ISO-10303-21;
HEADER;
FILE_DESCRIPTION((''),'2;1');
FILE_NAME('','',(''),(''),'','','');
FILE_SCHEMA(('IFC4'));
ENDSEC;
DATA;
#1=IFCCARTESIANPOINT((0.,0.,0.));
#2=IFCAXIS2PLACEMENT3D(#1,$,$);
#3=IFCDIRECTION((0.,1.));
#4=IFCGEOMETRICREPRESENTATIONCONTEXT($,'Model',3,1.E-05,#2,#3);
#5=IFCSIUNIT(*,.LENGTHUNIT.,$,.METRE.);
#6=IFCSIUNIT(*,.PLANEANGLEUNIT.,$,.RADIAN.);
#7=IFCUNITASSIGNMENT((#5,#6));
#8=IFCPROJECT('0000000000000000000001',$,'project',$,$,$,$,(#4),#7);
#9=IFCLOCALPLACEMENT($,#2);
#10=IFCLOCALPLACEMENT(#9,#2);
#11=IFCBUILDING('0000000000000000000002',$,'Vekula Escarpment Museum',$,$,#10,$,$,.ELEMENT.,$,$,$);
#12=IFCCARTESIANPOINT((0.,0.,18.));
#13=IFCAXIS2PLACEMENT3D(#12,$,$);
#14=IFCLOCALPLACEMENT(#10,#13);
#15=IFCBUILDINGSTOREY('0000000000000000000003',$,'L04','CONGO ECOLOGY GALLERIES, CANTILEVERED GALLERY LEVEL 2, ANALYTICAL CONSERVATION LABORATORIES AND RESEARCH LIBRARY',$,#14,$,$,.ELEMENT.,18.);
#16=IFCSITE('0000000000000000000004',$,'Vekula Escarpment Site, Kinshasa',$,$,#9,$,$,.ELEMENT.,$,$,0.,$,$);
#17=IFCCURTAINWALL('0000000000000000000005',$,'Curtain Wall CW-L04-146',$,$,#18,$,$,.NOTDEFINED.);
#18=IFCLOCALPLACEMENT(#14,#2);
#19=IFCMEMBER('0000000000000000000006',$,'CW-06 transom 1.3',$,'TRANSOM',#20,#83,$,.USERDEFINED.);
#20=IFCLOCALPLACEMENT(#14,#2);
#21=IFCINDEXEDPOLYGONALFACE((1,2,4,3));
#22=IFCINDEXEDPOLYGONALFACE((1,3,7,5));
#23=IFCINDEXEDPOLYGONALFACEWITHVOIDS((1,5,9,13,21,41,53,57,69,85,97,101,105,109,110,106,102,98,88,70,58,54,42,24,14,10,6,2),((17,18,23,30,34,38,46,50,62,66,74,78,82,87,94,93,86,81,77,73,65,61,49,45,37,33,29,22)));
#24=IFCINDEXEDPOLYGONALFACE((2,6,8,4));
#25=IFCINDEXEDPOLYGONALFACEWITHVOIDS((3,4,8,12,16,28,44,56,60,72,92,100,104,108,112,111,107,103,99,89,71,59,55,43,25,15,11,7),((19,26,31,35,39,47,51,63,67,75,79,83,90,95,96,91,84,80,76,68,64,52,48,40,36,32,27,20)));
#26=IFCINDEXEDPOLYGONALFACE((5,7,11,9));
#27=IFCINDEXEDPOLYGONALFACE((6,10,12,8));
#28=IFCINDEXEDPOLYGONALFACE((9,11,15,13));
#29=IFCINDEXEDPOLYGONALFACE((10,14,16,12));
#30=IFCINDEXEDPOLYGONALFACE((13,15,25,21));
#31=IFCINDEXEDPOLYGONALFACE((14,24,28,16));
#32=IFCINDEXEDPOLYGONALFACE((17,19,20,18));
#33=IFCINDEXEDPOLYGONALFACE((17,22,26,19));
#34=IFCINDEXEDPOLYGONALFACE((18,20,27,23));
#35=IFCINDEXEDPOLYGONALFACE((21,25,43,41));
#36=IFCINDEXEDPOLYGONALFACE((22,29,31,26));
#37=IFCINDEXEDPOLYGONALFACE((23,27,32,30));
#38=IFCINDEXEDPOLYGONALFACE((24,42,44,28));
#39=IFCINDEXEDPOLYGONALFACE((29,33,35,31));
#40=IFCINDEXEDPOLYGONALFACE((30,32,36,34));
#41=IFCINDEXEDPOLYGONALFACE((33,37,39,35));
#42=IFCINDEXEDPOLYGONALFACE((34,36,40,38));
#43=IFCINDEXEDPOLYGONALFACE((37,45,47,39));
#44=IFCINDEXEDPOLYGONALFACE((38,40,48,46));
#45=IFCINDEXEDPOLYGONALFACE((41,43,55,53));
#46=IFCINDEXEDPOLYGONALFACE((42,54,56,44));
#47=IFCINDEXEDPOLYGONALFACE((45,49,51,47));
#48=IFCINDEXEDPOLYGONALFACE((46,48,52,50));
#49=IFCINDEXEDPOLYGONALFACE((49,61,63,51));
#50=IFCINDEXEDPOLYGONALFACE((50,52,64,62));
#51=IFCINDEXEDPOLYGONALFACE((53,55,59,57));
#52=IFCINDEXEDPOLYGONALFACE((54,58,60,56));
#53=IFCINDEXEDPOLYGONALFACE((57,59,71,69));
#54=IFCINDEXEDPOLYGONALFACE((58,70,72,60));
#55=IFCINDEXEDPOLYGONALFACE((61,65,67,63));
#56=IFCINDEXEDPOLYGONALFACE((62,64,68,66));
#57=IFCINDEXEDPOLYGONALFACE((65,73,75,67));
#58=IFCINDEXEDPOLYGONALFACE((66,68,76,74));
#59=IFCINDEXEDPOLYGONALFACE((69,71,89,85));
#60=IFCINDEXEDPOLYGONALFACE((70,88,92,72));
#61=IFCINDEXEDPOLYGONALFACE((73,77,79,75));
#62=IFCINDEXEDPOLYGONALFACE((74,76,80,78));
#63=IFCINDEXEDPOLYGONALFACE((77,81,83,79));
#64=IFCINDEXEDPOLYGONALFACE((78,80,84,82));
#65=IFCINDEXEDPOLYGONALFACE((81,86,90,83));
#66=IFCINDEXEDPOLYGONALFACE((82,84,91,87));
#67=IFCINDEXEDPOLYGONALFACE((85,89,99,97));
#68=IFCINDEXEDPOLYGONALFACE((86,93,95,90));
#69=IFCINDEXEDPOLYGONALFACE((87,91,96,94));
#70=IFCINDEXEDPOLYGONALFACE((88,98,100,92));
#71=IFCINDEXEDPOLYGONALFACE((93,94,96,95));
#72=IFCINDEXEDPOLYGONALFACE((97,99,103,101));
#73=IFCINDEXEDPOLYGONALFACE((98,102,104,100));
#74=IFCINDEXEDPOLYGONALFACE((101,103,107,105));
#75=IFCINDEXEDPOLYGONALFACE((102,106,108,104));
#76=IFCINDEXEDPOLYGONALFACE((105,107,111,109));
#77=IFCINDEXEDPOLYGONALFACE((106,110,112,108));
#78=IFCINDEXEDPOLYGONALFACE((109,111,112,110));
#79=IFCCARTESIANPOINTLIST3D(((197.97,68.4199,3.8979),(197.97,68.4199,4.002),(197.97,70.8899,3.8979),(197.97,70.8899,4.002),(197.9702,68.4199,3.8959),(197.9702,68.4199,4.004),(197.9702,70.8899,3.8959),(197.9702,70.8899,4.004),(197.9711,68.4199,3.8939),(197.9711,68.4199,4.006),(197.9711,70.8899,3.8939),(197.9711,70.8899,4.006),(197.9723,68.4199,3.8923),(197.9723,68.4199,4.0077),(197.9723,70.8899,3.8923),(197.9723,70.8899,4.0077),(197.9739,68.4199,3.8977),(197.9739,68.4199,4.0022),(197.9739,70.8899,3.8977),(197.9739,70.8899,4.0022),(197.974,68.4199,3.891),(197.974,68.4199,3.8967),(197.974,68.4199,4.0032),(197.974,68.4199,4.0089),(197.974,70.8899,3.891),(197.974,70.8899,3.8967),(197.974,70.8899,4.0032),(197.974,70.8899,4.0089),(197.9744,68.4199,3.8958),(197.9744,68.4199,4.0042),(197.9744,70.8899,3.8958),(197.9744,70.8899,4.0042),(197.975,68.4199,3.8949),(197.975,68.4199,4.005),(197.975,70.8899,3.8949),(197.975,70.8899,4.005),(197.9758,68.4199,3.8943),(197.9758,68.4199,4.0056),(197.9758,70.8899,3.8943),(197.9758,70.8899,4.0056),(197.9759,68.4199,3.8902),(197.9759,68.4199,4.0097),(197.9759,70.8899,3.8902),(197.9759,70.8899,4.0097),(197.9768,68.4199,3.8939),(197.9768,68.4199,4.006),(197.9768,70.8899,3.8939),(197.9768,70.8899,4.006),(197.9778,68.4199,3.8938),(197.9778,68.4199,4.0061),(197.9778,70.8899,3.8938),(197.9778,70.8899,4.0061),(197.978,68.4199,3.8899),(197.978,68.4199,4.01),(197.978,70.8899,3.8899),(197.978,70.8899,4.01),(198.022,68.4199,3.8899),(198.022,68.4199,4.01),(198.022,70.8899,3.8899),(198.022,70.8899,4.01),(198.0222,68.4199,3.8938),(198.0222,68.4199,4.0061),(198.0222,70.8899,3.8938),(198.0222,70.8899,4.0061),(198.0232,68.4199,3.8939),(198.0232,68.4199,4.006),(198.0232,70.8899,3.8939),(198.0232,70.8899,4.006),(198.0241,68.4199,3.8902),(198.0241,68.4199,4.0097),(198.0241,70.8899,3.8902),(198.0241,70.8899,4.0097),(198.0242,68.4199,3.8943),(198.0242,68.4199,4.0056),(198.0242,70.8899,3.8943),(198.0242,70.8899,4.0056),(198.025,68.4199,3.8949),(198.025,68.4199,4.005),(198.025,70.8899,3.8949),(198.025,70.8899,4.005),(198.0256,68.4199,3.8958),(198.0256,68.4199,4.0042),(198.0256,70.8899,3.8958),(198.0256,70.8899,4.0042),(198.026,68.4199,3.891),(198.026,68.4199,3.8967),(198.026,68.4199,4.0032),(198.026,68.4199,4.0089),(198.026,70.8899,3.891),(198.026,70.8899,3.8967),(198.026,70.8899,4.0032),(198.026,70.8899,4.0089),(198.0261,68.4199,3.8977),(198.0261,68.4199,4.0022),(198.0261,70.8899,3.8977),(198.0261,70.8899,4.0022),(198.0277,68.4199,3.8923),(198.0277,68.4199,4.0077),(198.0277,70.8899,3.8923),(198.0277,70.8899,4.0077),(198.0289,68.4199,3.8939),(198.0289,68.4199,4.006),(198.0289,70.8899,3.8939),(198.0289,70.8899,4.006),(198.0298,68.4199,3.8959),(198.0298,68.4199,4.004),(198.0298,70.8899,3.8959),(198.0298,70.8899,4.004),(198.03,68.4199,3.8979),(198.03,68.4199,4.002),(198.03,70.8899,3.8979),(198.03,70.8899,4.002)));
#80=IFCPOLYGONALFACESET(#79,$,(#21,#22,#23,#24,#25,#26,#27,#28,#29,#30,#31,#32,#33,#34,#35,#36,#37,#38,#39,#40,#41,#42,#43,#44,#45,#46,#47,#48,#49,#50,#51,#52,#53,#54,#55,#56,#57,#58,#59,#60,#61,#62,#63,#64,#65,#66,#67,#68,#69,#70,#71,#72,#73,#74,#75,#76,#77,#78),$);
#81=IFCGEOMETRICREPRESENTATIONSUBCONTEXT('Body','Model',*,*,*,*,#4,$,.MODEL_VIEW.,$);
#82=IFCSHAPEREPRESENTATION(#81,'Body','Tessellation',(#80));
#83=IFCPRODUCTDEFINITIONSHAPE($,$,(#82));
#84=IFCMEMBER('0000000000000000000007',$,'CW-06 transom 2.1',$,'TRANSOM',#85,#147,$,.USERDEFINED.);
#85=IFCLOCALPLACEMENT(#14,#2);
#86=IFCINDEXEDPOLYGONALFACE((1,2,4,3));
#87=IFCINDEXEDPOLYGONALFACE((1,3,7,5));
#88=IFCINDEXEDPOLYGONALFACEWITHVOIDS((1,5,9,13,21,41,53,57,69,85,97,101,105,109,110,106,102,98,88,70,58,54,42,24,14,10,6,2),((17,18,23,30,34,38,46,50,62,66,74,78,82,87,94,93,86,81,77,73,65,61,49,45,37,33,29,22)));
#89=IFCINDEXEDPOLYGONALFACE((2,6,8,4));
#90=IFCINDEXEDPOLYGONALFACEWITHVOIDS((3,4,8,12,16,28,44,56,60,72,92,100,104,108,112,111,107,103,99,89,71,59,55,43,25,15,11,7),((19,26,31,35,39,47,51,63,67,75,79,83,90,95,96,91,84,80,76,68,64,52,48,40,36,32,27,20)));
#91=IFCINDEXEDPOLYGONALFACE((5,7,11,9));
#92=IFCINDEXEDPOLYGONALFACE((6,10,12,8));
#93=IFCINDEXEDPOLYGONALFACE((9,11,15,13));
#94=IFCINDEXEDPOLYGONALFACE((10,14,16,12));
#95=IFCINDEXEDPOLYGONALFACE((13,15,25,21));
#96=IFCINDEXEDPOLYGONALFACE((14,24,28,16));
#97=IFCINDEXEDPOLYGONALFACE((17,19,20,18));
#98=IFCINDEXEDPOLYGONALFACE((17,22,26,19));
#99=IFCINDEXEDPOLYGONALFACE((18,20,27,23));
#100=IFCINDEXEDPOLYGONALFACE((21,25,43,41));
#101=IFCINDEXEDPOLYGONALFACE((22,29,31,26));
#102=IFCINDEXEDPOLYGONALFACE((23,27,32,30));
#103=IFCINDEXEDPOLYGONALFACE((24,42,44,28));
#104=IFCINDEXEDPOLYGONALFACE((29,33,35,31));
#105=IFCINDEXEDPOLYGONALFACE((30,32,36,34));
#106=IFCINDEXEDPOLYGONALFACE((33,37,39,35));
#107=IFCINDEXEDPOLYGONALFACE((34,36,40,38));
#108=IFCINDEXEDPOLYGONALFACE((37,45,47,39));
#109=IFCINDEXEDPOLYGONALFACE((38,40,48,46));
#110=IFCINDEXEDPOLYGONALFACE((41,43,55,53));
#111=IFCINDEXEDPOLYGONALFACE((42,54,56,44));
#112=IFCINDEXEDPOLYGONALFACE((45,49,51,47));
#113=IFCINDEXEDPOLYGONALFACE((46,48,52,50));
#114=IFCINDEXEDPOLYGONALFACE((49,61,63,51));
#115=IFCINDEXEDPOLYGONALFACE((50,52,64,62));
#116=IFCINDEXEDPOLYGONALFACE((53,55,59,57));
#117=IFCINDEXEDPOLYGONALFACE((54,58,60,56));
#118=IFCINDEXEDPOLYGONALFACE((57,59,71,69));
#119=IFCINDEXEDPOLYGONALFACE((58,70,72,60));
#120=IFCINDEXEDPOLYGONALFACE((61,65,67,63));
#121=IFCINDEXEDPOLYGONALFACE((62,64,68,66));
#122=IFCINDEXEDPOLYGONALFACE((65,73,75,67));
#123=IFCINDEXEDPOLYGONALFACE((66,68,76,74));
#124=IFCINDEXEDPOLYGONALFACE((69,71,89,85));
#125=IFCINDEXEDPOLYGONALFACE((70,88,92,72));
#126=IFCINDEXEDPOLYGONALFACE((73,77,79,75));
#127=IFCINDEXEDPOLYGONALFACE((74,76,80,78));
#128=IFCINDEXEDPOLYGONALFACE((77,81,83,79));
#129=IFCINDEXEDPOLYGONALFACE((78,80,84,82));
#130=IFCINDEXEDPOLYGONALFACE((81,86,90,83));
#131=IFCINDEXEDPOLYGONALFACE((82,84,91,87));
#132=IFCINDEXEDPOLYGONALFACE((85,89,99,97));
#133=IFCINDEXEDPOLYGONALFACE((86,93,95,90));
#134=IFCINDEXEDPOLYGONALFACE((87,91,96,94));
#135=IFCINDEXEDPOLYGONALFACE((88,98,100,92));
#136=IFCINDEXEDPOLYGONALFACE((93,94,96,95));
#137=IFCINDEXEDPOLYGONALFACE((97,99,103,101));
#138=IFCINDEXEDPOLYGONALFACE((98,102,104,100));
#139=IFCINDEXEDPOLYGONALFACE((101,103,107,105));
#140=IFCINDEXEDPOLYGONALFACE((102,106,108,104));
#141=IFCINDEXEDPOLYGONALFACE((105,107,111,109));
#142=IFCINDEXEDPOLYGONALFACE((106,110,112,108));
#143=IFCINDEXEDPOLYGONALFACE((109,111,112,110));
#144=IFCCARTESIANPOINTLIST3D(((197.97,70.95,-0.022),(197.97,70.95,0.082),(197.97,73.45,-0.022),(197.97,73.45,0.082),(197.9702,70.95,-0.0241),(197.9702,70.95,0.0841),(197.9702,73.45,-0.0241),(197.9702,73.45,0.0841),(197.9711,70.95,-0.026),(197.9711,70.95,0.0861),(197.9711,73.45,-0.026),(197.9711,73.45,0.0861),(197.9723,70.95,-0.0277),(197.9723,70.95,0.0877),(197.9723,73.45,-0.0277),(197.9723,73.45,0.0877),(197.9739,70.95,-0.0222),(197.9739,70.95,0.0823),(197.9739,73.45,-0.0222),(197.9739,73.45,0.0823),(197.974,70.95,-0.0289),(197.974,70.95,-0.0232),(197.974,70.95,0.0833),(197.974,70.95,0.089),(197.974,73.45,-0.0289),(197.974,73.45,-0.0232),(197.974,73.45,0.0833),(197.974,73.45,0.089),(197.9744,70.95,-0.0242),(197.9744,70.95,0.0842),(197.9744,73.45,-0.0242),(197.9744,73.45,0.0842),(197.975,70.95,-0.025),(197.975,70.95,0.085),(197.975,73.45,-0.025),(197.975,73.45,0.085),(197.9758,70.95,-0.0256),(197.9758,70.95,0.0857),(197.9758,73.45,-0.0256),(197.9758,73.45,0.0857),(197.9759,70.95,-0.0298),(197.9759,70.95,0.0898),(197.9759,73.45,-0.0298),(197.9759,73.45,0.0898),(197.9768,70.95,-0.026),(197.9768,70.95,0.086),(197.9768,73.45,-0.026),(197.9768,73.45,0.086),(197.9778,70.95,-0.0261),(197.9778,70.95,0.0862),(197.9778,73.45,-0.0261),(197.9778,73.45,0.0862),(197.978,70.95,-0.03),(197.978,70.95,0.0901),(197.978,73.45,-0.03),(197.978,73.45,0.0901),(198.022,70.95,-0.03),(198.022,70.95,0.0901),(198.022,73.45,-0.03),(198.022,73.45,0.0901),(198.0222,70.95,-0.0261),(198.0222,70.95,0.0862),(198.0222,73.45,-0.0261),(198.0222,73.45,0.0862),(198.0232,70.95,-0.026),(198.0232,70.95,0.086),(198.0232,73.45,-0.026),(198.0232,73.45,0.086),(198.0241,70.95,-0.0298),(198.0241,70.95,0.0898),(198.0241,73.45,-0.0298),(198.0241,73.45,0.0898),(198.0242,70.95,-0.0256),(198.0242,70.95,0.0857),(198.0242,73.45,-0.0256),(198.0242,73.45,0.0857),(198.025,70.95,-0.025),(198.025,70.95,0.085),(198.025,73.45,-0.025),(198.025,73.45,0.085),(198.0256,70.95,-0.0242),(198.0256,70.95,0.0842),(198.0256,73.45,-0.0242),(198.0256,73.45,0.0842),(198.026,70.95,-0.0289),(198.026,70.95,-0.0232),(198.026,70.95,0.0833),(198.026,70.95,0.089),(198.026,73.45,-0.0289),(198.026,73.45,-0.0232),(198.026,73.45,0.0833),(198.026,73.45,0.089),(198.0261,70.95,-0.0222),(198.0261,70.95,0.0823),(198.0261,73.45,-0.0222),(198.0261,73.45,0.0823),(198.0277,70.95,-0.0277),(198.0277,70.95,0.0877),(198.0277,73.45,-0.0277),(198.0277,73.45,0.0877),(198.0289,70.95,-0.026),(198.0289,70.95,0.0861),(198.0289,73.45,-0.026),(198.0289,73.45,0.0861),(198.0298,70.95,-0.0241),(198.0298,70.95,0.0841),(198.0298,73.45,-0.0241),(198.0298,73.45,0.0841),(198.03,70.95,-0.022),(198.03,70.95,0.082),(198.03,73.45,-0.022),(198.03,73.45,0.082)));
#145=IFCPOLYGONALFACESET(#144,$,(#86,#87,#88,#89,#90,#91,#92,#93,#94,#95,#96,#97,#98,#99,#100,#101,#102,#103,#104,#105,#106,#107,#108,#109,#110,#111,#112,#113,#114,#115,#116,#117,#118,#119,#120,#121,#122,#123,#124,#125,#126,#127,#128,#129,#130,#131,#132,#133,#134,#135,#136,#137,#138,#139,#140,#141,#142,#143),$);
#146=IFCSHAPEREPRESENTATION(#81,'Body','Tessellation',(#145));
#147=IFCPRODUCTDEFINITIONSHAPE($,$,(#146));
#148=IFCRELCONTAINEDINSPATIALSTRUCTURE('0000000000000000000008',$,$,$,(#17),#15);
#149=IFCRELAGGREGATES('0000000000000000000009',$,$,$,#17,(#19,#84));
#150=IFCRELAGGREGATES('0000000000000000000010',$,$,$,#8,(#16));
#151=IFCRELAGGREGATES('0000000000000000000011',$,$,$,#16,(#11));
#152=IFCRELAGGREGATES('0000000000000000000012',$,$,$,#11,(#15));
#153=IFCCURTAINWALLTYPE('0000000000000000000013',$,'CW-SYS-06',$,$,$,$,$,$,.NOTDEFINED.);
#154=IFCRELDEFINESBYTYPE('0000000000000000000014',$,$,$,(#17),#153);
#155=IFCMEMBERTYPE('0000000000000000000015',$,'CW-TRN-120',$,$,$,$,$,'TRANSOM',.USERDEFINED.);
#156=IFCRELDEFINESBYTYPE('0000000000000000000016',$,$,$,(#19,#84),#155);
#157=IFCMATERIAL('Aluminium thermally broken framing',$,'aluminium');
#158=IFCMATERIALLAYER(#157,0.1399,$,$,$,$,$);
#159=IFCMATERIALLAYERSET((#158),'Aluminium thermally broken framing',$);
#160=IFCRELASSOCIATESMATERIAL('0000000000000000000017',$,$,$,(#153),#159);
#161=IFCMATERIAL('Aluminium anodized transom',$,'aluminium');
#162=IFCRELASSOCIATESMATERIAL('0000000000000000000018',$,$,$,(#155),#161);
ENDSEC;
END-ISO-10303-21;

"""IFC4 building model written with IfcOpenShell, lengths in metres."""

from ifc_helpers import new_model, si_unit, direction, frame, origin, origin_2d, place, context, subcontext, project, spatial, hollow_rectangle, extrude, material, layer, layer_set, material_profile, profile_set, type_object, element, aggregate, save


model = new_model("IFC4")

# Units and contexts
model_context = context("Model", 3, precision=1e-05, world=origin(), true_north=direction((0.0, 1.0)))
body_context = subcontext(model_context, "Body", "Model", "MODEL_VIEW")
ifc_project = project(units=[si_unit("LENGTHUNIT", "METRE"), si_unit("PLANEANGLEUNIT", "RADIAN")], contexts=[model_context])

# Site, building, storey
site_placement = place(None, origin())
site = spatial("IfcSite", under=ifc_project, at=site_placement, Name="Vekula Escarpment Site, Kinshasa", CompositionType="ELEMENT", RefElevation=0.0)
building_placement = place(site_placement, origin())
building = spatial("IfcBuilding", under=site, at=building_placement, Name="Vekula Escarpment Museum", CompositionType="ELEMENT")
storey_placement = place(building_placement, frame((0.0, 0.0, 18.0)))
storey = spatial("IfcBuildingStorey", under=building, at=storey_placement, Name="L04", Description="CONGO ECOLOGY GALLERIES, CANTILEVERED GALLERY LEVEL 2, ANALYTICAL CONSERVATION LABORATORIES AND RESEARCH LIBRARY", CompositionType="ELEMENT", Elevation=18.0)

# Curtain wall, members
ifc_material_1 = material(Name="Aluminium thermally broken framing", Category="aluminium")
ifc_layer_1 = layer(ifc_material_1, 0.1399)
ifc_layer_set_1 = layer_set([ifc_layer_1], Name="Aluminium thermally broken framing")
curtain_wall_type = type_object("IfcCurtainWallType", Name="CW-SYS-06", PredefinedType="NOTDEFINED", material=ifc_layer_set_1)
curtain_wall_placement = place(storey_placement, origin())
curtain_wall = element("IfcCurtainWall", 1, at=curtain_wall_placement, inside=storey, type_object=curtain_wall_type, Name="Curtain Wall CW-L04-146", PredefinedType="NOTDEFINED")
ifc_material_2 = material(Name="Aluminium anodized transom", Category="aluminium")
ifc_material_profile_1 = material_profile(ifc_material_2, hollow_rectangle(XDim=0.0601, YDim=0.1201, WallThickness=0.0039, InnerFilletRadius=0.0039, OuterFilletRadius=0.0081, at=origin_2d()), Name="ALU 120x60x4")
ifc_profile_set_1 = profile_set([ifc_material_profile_1], Name="Aluminium anodized transom")
member_type_1 = type_object("IfcMemberType", Name="CW-TRN-120", ElementType="TRANSOM", PredefinedType="USERDEFINED", material=ifc_profile_set_1)
member_1_placement = place(storey_placement, frame((198.0, 68.4199, 3.95), z_axis=(0.0, 1.0, 0.0), x_axis=(-1.0, 0.0, 0.0)))
member_1 = element("IfcMember", 2, at=member_1_placement, type_object=member_type_1, Name="CW-06 transom 1.3", ObjectType="TRANSOM", PredefinedType="USERDEFINED", context=body_context, shape_type="SweptSolid", body=[
    extrude(hollow_rectangle(XDim=0.0601, YDim=0.1201, WallThickness=0.0039, InnerFilletRadius=0.0039, OuterFilletRadius=0.0081, at=origin_2d()), origin(), (0.0, 0.0, 1.0), 2.47),
])
member_2_placement = place(storey_placement, frame((198.0, 70.95, 0.03), z_axis=(0.0, 1.0, 0.0), x_axis=(-1.0, 0.0, 0.0)))
member_2 = element("IfcMember", 3, at=member_2_placement, type_object=member_type_1, Name="CW-06 transom 2.1", ObjectType="TRANSOM", PredefinedType="USERDEFINED", context=body_context, shape_type="SweptSolid", body=[
    extrude(hollow_rectangle(XDim=0.0601, YDim=0.1201, WallThickness=0.0039, InnerFilletRadius=0.0039, OuterFilletRadius=0.0081, at=origin_2d()), origin(), (0.0, 0.0, 1.0), 2.5),
])
aggregate(curtain_wall, [member_1, member_2])

save(model, "model.ifc")
